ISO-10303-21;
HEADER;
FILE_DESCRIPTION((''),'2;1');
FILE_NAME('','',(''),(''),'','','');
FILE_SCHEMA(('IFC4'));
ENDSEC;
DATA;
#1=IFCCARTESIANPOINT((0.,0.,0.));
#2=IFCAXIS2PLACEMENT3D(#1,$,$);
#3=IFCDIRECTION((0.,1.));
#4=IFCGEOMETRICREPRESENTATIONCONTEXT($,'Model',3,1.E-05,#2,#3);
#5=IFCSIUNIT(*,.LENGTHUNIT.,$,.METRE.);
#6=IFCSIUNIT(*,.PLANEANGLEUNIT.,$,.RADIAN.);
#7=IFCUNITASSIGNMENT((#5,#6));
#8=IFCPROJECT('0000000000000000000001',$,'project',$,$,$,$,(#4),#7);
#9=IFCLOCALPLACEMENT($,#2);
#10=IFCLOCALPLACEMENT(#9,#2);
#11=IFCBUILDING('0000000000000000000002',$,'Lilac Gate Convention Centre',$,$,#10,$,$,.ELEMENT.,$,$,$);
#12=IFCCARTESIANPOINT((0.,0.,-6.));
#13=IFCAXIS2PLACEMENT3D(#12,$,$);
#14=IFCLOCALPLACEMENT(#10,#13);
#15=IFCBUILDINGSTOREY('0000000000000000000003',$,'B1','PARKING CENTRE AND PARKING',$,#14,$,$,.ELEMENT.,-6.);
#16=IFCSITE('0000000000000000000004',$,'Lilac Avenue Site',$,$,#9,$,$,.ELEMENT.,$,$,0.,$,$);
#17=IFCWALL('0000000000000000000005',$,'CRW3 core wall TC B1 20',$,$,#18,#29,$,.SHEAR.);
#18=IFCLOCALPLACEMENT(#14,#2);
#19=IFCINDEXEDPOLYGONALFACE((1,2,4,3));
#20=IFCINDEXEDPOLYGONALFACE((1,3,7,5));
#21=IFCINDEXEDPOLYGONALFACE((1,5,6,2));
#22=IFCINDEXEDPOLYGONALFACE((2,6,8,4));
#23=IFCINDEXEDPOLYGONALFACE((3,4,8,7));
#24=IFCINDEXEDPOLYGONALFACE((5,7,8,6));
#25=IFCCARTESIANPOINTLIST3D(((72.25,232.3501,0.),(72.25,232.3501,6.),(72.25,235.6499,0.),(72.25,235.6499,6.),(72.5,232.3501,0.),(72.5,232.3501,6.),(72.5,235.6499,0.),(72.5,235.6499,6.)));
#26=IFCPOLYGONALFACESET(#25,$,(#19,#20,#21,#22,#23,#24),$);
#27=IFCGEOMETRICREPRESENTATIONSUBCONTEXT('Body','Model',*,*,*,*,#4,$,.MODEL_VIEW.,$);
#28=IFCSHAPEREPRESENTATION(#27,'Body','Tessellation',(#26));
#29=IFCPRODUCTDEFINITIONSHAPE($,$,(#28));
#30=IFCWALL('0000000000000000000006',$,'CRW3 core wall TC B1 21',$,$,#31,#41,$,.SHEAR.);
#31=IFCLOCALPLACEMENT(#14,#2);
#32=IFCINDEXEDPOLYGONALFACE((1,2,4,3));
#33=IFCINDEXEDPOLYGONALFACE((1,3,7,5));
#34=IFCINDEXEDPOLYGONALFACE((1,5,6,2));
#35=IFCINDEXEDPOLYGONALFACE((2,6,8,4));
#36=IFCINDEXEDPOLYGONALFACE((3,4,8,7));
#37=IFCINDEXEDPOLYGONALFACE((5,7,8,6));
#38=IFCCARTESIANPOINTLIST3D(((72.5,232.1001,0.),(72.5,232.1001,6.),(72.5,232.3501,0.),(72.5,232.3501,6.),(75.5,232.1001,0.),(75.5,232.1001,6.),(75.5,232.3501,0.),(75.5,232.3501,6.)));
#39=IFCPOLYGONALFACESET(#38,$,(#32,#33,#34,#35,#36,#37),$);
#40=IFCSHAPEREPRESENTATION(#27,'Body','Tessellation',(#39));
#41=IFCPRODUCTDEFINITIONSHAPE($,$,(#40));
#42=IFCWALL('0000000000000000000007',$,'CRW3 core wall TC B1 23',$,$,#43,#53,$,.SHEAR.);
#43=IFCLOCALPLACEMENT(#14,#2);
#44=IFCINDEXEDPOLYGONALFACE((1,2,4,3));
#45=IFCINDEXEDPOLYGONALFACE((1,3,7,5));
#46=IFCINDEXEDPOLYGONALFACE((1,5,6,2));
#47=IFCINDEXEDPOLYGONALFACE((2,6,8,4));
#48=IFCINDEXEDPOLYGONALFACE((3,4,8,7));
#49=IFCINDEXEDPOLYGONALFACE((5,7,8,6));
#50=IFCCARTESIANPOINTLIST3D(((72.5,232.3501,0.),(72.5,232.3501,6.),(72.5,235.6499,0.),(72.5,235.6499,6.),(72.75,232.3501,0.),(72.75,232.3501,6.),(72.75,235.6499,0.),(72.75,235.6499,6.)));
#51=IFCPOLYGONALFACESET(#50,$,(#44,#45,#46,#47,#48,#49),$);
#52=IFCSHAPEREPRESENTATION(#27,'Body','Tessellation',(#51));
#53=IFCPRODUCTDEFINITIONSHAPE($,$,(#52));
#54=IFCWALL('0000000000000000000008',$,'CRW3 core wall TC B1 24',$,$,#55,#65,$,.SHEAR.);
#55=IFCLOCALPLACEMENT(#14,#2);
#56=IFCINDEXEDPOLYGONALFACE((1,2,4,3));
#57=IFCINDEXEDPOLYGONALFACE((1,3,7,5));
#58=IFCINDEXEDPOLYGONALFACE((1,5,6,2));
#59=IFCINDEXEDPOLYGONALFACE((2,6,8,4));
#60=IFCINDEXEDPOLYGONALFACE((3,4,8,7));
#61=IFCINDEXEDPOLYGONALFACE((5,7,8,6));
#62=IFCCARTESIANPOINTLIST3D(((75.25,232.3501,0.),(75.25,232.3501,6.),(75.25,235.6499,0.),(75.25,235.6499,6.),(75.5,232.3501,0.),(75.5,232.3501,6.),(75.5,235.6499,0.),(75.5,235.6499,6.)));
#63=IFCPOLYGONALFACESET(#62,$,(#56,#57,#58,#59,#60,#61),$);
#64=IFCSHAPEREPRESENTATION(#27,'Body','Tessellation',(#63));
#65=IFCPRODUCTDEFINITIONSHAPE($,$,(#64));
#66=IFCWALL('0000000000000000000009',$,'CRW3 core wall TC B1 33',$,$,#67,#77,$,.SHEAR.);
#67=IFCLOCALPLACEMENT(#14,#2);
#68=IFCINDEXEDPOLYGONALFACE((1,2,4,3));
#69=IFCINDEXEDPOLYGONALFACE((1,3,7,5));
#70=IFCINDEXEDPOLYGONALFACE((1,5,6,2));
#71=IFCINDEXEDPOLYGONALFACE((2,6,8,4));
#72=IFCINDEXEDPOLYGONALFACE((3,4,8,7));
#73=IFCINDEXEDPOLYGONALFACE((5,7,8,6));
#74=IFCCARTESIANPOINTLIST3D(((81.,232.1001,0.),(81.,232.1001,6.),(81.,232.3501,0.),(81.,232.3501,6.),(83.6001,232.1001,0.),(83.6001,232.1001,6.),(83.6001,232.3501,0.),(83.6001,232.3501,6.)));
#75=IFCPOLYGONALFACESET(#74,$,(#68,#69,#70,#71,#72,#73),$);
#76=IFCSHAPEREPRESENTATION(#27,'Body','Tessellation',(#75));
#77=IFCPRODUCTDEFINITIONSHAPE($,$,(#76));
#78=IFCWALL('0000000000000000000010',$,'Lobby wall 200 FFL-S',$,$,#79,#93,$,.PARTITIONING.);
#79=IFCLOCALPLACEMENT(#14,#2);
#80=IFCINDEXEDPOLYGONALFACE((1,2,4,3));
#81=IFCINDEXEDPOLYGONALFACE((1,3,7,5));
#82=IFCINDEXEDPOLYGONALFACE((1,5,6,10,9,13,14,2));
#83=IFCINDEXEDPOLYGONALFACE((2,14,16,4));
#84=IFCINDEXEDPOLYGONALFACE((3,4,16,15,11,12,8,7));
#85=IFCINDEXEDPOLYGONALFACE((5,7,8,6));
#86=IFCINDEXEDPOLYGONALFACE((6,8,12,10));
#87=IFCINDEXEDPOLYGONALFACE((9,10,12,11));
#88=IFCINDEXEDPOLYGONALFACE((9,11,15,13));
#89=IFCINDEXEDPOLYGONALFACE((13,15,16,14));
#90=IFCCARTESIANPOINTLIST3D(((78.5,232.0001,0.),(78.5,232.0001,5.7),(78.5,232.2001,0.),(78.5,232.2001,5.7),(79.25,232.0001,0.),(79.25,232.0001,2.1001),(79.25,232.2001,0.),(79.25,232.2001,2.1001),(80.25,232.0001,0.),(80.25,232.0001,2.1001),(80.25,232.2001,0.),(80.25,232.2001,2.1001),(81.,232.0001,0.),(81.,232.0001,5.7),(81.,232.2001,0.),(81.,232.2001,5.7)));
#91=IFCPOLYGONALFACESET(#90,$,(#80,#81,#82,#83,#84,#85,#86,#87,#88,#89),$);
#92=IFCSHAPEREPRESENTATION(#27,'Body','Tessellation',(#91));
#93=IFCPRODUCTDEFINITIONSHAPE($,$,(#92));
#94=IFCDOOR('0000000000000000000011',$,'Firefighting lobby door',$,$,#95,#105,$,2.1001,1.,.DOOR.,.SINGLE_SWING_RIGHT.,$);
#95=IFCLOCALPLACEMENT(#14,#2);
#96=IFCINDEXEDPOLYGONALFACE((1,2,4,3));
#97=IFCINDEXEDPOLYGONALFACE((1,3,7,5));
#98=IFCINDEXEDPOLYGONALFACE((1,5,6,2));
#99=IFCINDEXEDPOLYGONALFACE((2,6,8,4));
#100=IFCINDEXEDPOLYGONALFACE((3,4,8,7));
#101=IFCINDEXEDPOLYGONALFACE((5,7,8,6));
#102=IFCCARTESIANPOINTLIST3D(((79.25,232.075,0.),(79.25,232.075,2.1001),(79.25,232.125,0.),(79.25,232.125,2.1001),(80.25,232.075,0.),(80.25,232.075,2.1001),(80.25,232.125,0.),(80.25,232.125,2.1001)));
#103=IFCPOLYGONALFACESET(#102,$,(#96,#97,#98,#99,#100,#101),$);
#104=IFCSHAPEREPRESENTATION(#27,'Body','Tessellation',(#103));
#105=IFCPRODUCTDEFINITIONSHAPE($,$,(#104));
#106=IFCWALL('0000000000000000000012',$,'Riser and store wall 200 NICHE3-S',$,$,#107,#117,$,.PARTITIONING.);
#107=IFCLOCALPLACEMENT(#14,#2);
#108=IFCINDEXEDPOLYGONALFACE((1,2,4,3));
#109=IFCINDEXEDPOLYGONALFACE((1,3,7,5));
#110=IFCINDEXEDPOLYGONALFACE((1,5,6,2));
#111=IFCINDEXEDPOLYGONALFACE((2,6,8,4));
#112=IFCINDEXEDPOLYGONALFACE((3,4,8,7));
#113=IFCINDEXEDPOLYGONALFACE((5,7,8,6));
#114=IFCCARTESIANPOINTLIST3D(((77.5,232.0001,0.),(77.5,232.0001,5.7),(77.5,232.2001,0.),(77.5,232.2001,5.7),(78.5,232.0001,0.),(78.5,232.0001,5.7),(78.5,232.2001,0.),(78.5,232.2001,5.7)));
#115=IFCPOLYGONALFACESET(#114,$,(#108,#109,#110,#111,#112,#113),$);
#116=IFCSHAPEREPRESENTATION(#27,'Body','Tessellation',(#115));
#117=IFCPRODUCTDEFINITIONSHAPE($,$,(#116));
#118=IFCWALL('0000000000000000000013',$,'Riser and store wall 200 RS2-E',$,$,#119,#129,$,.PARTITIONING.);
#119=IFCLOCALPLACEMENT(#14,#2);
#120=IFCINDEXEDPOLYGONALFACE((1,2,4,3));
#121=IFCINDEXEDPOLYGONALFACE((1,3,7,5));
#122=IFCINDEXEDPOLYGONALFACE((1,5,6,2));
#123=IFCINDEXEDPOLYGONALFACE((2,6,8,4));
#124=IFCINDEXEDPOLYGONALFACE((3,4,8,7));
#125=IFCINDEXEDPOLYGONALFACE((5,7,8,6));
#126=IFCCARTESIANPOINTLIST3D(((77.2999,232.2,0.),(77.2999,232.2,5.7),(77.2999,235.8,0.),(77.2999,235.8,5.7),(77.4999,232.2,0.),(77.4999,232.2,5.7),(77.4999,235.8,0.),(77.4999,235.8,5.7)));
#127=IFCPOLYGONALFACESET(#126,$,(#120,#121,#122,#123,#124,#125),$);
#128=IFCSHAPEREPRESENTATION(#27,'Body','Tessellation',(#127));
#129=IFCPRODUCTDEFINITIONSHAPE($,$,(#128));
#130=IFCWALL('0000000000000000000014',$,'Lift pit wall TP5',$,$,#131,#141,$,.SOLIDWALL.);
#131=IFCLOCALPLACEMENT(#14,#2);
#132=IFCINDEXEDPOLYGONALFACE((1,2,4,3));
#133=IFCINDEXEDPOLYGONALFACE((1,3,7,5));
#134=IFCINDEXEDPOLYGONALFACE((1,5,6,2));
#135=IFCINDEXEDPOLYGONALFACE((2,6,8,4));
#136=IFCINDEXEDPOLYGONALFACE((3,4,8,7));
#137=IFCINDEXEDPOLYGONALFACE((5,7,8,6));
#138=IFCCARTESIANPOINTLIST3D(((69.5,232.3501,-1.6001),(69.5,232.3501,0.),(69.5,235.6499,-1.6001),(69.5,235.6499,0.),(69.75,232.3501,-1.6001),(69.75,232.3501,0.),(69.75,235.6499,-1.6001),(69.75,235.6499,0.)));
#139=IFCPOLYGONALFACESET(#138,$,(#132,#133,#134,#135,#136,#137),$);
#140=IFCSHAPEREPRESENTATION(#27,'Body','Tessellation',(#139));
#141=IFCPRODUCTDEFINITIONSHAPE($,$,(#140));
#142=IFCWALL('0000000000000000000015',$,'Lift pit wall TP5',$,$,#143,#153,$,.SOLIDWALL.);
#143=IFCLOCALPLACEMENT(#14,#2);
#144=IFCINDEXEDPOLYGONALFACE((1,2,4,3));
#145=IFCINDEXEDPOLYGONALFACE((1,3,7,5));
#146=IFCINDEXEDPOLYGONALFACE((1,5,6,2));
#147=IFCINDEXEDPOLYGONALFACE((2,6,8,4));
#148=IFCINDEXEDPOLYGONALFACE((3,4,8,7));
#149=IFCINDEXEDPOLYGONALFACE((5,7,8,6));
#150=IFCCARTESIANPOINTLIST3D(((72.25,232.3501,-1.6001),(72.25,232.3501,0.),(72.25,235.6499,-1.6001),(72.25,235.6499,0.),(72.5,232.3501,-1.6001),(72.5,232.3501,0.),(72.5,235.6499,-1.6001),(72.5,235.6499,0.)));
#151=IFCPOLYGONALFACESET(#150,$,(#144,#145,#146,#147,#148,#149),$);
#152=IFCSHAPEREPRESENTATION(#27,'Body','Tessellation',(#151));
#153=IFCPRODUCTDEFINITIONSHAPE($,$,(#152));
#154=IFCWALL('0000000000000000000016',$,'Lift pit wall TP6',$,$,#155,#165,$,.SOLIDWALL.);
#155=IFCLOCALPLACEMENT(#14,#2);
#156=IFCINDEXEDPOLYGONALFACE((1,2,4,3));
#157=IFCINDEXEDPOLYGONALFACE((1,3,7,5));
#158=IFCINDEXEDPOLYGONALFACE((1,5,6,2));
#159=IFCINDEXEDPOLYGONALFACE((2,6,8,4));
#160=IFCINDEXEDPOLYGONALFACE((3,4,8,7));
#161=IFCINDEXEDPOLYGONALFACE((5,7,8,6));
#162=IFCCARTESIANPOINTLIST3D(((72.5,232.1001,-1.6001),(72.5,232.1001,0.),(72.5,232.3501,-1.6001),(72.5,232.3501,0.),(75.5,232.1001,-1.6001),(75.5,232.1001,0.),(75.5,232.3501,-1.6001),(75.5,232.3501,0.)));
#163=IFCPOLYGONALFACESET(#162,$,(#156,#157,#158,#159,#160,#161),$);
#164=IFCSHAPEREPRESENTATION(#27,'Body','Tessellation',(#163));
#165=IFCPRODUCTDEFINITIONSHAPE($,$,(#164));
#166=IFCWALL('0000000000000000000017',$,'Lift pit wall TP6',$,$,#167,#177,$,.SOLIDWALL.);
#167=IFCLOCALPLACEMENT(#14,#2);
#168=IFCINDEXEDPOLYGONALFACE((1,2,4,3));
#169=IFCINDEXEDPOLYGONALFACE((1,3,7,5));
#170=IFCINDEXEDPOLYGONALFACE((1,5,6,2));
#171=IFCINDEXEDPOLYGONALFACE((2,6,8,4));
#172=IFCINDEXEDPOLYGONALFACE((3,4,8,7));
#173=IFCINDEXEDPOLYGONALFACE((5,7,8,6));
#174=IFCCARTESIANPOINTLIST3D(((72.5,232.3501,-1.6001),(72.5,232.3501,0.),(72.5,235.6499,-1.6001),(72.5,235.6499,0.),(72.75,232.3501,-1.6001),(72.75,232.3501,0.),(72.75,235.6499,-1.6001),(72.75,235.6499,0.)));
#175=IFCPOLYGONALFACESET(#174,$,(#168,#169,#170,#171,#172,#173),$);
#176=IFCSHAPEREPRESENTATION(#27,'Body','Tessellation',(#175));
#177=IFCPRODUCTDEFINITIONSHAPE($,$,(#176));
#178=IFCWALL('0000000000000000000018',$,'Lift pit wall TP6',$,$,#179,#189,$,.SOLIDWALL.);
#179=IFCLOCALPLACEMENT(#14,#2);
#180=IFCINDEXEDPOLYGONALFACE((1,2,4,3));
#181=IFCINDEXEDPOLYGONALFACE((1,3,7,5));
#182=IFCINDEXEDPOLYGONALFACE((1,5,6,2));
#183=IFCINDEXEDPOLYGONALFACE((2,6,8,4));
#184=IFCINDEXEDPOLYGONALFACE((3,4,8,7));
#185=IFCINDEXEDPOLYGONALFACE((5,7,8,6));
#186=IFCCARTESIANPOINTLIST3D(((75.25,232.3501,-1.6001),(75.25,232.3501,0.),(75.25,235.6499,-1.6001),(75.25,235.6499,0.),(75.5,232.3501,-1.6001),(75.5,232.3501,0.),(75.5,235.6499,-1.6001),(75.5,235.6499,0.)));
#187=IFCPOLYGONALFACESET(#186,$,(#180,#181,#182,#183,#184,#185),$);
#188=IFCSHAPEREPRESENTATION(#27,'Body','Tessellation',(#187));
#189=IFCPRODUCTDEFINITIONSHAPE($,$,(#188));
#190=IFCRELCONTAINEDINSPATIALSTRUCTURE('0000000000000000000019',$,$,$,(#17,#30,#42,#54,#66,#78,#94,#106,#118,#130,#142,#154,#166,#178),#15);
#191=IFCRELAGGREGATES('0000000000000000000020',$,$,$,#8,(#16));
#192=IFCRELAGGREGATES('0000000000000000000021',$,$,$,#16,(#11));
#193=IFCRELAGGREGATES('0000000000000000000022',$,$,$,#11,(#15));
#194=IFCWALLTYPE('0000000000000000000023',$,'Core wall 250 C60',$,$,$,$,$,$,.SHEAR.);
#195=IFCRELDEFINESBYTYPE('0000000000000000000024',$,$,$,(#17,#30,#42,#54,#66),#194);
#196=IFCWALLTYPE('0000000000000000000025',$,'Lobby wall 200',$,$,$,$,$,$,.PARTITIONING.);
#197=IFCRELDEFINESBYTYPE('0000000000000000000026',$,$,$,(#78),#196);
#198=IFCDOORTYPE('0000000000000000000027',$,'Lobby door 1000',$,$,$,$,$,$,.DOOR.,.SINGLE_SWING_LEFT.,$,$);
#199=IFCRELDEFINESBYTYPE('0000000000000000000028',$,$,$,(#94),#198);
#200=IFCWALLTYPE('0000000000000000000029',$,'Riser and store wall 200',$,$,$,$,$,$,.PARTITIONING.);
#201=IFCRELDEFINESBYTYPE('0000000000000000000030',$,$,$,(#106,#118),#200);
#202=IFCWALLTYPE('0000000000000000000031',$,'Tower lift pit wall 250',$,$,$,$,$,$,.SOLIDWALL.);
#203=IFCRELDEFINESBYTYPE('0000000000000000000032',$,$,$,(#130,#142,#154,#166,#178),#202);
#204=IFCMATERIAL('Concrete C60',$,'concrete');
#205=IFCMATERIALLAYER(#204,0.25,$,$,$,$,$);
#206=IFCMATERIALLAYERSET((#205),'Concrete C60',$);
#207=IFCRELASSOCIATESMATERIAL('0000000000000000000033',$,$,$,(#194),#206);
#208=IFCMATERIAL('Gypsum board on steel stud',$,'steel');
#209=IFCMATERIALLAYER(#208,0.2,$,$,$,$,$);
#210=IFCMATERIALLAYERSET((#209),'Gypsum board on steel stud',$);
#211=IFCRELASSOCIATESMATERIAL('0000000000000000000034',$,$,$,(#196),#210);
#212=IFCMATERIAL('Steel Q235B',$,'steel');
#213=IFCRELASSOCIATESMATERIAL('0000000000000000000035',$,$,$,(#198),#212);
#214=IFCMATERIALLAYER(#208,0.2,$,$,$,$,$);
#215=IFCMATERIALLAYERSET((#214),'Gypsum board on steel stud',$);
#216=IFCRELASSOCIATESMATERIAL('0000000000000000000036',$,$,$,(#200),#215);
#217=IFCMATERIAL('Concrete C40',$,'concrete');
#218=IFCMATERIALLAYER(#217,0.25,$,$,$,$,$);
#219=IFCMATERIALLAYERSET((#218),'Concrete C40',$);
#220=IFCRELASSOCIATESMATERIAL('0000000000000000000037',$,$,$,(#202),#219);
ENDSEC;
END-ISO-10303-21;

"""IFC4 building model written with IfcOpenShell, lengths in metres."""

from ifc_helpers import new_model, si_unit, direction, frame, frame_2d, origin, place, context, subcontext, project, spatial, rectangle, extrude, material, layer, layer_set, type_object, element, fill, save


model = new_model("IFC4")

# Units and contexts
model_context = context("Model", 3, precision=1e-05, world=origin(), true_north=direction((0.0, 1.0)))
body_context = subcontext(model_context, "Body", "Model", "MODEL_VIEW")
ifc_project = project(units=[si_unit("LENGTHUNIT", "METRE"), si_unit("PLANEANGLEUNIT", "RADIAN")], contexts=[model_context])

# Site, building, storey
site_placement = place(None, origin())
site = spatial("IfcSite", under=ifc_project, at=site_placement, Name="Lilac Avenue Site", CompositionType="ELEMENT", RefElevation=0.0)
building_placement = place(site_placement, origin())
building = spatial("IfcBuilding", under=site, at=building_placement, Name="Lilac Gate Convention Centre", CompositionType="ELEMENT")
storey_placement = place(building_placement, frame((0.0, 0.0, -6.0)))
storey = spatial("IfcBuildingStorey", under=building, at=storey_placement, Name="B1", Description="PARKING CENTRE AND PARKING", CompositionType="ELEMENT", Elevation=-6.0)

# Walls
ifc_material_1 = material(Name="Concrete C60", Category="concrete")
ifc_layer_1 = layer(ifc_material_1, 0.25)
ifc_layer_set_1 = layer_set([ifc_layer_1], Name="Concrete C60")
wall_type_1 = type_object("IfcWallType", Name="Core wall 250 C60", PredefinedType="SHEAR", material=ifc_layer_set_1)
wall_1_placement = place(storey_placement, frame((72.375, 232.3501, 0.0), z_axis=(0.0, 0.0, 1.0), x_axis=(0.0, 1.0, 0.0)))
element("IfcWall", 1, at=wall_1_placement, inside=storey, type_object=wall_type_1, Name="CRW3 core wall TC B1 20", PredefinedType="SHEAR", context=body_context, shape_type="SweptSolid", body=[
    extrude(rectangle(XDim=3.2998, YDim=0.25, at=frame_2d((1.6499, 0.0))), origin(), (0.0, 0.0, 1.0), 6.0),
])
wall_2_placement = place(storey_placement, frame((72.5, 232.2251, 0.0), z_axis=(0.0, 0.0, 1.0), x_axis=(1.0, 0.0, 0.0)))
element("IfcWall", 2, at=wall_2_placement, inside=storey, type_object=wall_type_1, Name="CRW3 core wall TC B1 21", PredefinedType="SHEAR", context=body_context, shape_type="SweptSolid", body=[
    extrude(rectangle(XDim=3.0, YDim=0.25, at=frame_2d((1.5, 0.0))), origin(), (0.0, 0.0, 1.0), 6.0),
])
for number, where, z_axis, x_axis, name in (
    (3, (72.625, 232.3501, 0.0), (0.0, 0.0, 1.0), (0.0, 1.0, 0.0), "CRW3 core wall TC B1 23"),
    (4, (75.375, 232.3501, 0.0), (0.0, 0.0, 1.0), (0.0, 1.0, 0.0), "CRW3 core wall TC B1 24"),
):
    element("IfcWall", number, at=place(storey_placement, frame(where, z_axis=z_axis, x_axis=x_axis)), inside=storey, type_object=wall_type_1, Name=name, PredefinedType="SHEAR", context=body_context, shape_type="SweptSolid", body=[
        extrude(rectangle(XDim=3.2998, YDim=0.25, at=frame_2d((1.6499, 0.0))), origin(), (0.0, 0.0, 1.0), 6.0),
    ])
wall_3_placement = place(storey_placement, frame((81.0, 232.2251, 0.0), z_axis=(0.0, 0.0, 1.0), x_axis=(1.0, 0.0, 0.0)))
element("IfcWall", 5, at=wall_3_placement, inside=storey, type_object=wall_type_1, Name="CRW3 core wall TC B1 33", PredefinedType="SHEAR", context=body_context, shape_type="SweptSolid", body=[
    extrude(rectangle(XDim=2.6001, YDim=0.25, at=frame_2d((1.3, 0.0))), origin(), (0.0, 0.0, 1.0), 6.0),
])

# Wall, opening, door
ifc_material_2 = material(Name="Gypsum board on steel stud", Category="steel")
ifc_layer_2 = layer(ifc_material_2, 0.2)
ifc_layer_set_2 = layer_set([ifc_layer_2], Name="Gypsum board on steel stud")
wall_type_2 = type_object("IfcWallType", Name="Lobby wall 200", PredefinedType="PARTITIONING", material=ifc_layer_set_2)
wall_4_placement = place(storey_placement, frame((78.5, 232.1001, 0.0), z_axis=(0.0, 0.0, 1.0), x_axis=(1.0, 0.0, 0.0)))
wall_4 = element("IfcWall", 6, at=wall_4_placement, inside=storey, type_object=wall_type_2, Name="Lobby wall 200 FFL-S", PredefinedType="PARTITIONING", context=body_context, shape_type="SweptSolid", body=[
    extrude(rectangle(XDim=2.5, YDim=0.2, at=frame_2d((1.25, 0.0))), origin(), (0.0, 0.0, 1.0), 5.7),
])
opening_placement = place(wall_4_placement, frame((0.75, 0.0, 0.0)))
opening = element("IfcOpeningElement", 7, at=opening_placement, cuts=wall_4, PredefinedType="OPENING", context=body_context, shape_type="SweptSolid", body=[
    extrude(rectangle(XDim=1.0, YDim=2.1001, at=frame_2d((0.5, 1.05))), frame((0.0, 0.1099, 0.0), z_axis=(0.0, -1.0, 0.0), x_axis=(1.0, 0.0, 0.0)), (0.0, 0.0, 1.0), 0.22),
])
ifc_material_3 = material(Name="Steel Q235B", Category="steel")
door_type = type_object("IfcDoorType", Name="Lobby door 1000", OperationType="SINGLE_SWING_LEFT", PredefinedType="DOOR", material=ifc_material_3)
door_placement = place(opening_placement, origin())
door = element("IfcDoor", 8, at=door_placement, inside=storey, type_object=door_type, Name="Firefighting lobby door", OperationType="SINGLE_SWING_RIGHT", OverallHeight=2.1001, OverallWidth=1.0, PredefinedType="DOOR", context=body_context, shape_type="SweptSolid", body=[
    extrude(rectangle(XDim=1.0, YDim=2.1001, at=frame_2d((0.5, 1.05))), frame((0.0, 0.0249, 0.0), z_axis=(0.0, -1.0, 0.0), x_axis=(1.0, 0.0, 0.0)), (0.0, 0.0, 1.0), 0.05),
])
fill(opening, door)

# Walls
ifc_layer_3 = layer(ifc_material_2, 0.2)
ifc_layer_set_3 = layer_set([ifc_layer_3], Name="Gypsum board on steel stud")
wall_type_3 = type_object("IfcWallType", Name="Riser and store wall 200", PredefinedType="PARTITIONING", material=ifc_layer_set_3)
wall_5_placement = place(storey_placement, frame((77.5, 232.1001, 0.0), z_axis=(0.0, 0.0, 1.0), x_axis=(1.0, 0.0, 0.0)))
element("IfcWall", 9, at=wall_5_placement, inside=storey, type_object=wall_type_3, Name="Riser and store wall 200 NICHE3-S", PredefinedType="PARTITIONING", context=body_context, shape_type="SweptSolid", body=[
    extrude(rectangle(XDim=1.0, YDim=0.2, at=frame_2d((0.5, 0.0))), origin(), (0.0, 0.0, 1.0), 5.7),
])
wall_6_placement = place(storey_placement, frame((77.3999, 232.2, 0.0), z_axis=(0.0, 0.0, 1.0), x_axis=(0.0, 1.0, 0.0)))
element("IfcWall", 10, at=wall_6_placement, inside=storey, type_object=wall_type_3, Name="Riser and store wall 200 RS2-E", PredefinedType="PARTITIONING", context=body_context, shape_type="SweptSolid", body=[
    extrude(rectangle(XDim=3.6001, YDim=0.2, at=frame_2d((1.8, 0.0))), origin(), (0.0, 0.0, 1.0), 5.7),
])
ifc_material_4 = material(Name="Concrete C40", Category="concrete")
ifc_layer_4 = layer(ifc_material_4, 0.25)
ifc_layer_set_4 = layer_set([ifc_layer_4], Name="Concrete C40")
wall_type_4 = type_object("IfcWallType", Name="Tower lift pit wall 250", PredefinedType="SOLIDWALL", material=ifc_layer_set_4)
for number, where, z_axis, x_axis, name in (
    (11, (69.625, 232.3501, -1.6001), (0.0, 0.0, 1.0), (0.0, 1.0, 0.0), "Lift pit wall TP5"),
    (12, (72.375, 232.3501, -1.6001), (0.0, 0.0, 1.0), (0.0, 1.0, 0.0), "Lift pit wall TP5"),
):
    element("IfcWall", number, at=place(storey_placement, frame(where, z_axis=z_axis, x_axis=x_axis)), inside=storey, type_object=wall_type_4, Name=name, PredefinedType="SOLIDWALL", context=body_context, shape_type="SweptSolid", body=[
        extrude(rectangle(XDim=3.2998, YDim=0.25, at=frame_2d((1.6499, 0.0))), origin(), (0.0, 0.0, 1.0), 1.6001),
    ])
wall_7_placement = place(storey_placement, frame((72.5, 232.2251, -1.6001), z_axis=(0.0, 0.0, 1.0), x_axis=(1.0, 0.0, 0.0)))
element("IfcWall", 13, at=wall_7_placement, inside=storey, type_object=wall_type_4, Name="Lift pit wall TP6", PredefinedType="SOLIDWALL", context=body_context, shape_type="SweptSolid", body=[
    extrude(rectangle(XDim=3.0, YDim=0.25, at=frame_2d((1.5, 0.0))), origin(), (0.0, 0.0, 1.0), 1.6001),
])
for number, where, z_axis, x_axis, name in (
    (14, (72.625, 232.3501, -1.6001), (0.0, 0.0, 1.0), (0.0, 1.0, 0.0), "Lift pit wall TP6"),
    (15, (75.375, 232.3501, -1.6001), (0.0, 0.0, 1.0), (0.0, 1.0, 0.0), "Lift pit wall TP6"),
):
    element("IfcWall", number, at=place(storey_placement, frame(where, z_axis=z_axis, x_axis=x_axis)), inside=storey, type_object=wall_type_4, Name=name, PredefinedType="SOLIDWALL", context=body_context, shape_type="SweptSolid", body=[
        extrude(rectangle(XDim=3.2998, YDim=0.25, at=frame_2d((1.6499, 0.0))), origin(), (0.0, 0.0, 1.0), 1.6001),
    ])

save(model, "model.ifc")
